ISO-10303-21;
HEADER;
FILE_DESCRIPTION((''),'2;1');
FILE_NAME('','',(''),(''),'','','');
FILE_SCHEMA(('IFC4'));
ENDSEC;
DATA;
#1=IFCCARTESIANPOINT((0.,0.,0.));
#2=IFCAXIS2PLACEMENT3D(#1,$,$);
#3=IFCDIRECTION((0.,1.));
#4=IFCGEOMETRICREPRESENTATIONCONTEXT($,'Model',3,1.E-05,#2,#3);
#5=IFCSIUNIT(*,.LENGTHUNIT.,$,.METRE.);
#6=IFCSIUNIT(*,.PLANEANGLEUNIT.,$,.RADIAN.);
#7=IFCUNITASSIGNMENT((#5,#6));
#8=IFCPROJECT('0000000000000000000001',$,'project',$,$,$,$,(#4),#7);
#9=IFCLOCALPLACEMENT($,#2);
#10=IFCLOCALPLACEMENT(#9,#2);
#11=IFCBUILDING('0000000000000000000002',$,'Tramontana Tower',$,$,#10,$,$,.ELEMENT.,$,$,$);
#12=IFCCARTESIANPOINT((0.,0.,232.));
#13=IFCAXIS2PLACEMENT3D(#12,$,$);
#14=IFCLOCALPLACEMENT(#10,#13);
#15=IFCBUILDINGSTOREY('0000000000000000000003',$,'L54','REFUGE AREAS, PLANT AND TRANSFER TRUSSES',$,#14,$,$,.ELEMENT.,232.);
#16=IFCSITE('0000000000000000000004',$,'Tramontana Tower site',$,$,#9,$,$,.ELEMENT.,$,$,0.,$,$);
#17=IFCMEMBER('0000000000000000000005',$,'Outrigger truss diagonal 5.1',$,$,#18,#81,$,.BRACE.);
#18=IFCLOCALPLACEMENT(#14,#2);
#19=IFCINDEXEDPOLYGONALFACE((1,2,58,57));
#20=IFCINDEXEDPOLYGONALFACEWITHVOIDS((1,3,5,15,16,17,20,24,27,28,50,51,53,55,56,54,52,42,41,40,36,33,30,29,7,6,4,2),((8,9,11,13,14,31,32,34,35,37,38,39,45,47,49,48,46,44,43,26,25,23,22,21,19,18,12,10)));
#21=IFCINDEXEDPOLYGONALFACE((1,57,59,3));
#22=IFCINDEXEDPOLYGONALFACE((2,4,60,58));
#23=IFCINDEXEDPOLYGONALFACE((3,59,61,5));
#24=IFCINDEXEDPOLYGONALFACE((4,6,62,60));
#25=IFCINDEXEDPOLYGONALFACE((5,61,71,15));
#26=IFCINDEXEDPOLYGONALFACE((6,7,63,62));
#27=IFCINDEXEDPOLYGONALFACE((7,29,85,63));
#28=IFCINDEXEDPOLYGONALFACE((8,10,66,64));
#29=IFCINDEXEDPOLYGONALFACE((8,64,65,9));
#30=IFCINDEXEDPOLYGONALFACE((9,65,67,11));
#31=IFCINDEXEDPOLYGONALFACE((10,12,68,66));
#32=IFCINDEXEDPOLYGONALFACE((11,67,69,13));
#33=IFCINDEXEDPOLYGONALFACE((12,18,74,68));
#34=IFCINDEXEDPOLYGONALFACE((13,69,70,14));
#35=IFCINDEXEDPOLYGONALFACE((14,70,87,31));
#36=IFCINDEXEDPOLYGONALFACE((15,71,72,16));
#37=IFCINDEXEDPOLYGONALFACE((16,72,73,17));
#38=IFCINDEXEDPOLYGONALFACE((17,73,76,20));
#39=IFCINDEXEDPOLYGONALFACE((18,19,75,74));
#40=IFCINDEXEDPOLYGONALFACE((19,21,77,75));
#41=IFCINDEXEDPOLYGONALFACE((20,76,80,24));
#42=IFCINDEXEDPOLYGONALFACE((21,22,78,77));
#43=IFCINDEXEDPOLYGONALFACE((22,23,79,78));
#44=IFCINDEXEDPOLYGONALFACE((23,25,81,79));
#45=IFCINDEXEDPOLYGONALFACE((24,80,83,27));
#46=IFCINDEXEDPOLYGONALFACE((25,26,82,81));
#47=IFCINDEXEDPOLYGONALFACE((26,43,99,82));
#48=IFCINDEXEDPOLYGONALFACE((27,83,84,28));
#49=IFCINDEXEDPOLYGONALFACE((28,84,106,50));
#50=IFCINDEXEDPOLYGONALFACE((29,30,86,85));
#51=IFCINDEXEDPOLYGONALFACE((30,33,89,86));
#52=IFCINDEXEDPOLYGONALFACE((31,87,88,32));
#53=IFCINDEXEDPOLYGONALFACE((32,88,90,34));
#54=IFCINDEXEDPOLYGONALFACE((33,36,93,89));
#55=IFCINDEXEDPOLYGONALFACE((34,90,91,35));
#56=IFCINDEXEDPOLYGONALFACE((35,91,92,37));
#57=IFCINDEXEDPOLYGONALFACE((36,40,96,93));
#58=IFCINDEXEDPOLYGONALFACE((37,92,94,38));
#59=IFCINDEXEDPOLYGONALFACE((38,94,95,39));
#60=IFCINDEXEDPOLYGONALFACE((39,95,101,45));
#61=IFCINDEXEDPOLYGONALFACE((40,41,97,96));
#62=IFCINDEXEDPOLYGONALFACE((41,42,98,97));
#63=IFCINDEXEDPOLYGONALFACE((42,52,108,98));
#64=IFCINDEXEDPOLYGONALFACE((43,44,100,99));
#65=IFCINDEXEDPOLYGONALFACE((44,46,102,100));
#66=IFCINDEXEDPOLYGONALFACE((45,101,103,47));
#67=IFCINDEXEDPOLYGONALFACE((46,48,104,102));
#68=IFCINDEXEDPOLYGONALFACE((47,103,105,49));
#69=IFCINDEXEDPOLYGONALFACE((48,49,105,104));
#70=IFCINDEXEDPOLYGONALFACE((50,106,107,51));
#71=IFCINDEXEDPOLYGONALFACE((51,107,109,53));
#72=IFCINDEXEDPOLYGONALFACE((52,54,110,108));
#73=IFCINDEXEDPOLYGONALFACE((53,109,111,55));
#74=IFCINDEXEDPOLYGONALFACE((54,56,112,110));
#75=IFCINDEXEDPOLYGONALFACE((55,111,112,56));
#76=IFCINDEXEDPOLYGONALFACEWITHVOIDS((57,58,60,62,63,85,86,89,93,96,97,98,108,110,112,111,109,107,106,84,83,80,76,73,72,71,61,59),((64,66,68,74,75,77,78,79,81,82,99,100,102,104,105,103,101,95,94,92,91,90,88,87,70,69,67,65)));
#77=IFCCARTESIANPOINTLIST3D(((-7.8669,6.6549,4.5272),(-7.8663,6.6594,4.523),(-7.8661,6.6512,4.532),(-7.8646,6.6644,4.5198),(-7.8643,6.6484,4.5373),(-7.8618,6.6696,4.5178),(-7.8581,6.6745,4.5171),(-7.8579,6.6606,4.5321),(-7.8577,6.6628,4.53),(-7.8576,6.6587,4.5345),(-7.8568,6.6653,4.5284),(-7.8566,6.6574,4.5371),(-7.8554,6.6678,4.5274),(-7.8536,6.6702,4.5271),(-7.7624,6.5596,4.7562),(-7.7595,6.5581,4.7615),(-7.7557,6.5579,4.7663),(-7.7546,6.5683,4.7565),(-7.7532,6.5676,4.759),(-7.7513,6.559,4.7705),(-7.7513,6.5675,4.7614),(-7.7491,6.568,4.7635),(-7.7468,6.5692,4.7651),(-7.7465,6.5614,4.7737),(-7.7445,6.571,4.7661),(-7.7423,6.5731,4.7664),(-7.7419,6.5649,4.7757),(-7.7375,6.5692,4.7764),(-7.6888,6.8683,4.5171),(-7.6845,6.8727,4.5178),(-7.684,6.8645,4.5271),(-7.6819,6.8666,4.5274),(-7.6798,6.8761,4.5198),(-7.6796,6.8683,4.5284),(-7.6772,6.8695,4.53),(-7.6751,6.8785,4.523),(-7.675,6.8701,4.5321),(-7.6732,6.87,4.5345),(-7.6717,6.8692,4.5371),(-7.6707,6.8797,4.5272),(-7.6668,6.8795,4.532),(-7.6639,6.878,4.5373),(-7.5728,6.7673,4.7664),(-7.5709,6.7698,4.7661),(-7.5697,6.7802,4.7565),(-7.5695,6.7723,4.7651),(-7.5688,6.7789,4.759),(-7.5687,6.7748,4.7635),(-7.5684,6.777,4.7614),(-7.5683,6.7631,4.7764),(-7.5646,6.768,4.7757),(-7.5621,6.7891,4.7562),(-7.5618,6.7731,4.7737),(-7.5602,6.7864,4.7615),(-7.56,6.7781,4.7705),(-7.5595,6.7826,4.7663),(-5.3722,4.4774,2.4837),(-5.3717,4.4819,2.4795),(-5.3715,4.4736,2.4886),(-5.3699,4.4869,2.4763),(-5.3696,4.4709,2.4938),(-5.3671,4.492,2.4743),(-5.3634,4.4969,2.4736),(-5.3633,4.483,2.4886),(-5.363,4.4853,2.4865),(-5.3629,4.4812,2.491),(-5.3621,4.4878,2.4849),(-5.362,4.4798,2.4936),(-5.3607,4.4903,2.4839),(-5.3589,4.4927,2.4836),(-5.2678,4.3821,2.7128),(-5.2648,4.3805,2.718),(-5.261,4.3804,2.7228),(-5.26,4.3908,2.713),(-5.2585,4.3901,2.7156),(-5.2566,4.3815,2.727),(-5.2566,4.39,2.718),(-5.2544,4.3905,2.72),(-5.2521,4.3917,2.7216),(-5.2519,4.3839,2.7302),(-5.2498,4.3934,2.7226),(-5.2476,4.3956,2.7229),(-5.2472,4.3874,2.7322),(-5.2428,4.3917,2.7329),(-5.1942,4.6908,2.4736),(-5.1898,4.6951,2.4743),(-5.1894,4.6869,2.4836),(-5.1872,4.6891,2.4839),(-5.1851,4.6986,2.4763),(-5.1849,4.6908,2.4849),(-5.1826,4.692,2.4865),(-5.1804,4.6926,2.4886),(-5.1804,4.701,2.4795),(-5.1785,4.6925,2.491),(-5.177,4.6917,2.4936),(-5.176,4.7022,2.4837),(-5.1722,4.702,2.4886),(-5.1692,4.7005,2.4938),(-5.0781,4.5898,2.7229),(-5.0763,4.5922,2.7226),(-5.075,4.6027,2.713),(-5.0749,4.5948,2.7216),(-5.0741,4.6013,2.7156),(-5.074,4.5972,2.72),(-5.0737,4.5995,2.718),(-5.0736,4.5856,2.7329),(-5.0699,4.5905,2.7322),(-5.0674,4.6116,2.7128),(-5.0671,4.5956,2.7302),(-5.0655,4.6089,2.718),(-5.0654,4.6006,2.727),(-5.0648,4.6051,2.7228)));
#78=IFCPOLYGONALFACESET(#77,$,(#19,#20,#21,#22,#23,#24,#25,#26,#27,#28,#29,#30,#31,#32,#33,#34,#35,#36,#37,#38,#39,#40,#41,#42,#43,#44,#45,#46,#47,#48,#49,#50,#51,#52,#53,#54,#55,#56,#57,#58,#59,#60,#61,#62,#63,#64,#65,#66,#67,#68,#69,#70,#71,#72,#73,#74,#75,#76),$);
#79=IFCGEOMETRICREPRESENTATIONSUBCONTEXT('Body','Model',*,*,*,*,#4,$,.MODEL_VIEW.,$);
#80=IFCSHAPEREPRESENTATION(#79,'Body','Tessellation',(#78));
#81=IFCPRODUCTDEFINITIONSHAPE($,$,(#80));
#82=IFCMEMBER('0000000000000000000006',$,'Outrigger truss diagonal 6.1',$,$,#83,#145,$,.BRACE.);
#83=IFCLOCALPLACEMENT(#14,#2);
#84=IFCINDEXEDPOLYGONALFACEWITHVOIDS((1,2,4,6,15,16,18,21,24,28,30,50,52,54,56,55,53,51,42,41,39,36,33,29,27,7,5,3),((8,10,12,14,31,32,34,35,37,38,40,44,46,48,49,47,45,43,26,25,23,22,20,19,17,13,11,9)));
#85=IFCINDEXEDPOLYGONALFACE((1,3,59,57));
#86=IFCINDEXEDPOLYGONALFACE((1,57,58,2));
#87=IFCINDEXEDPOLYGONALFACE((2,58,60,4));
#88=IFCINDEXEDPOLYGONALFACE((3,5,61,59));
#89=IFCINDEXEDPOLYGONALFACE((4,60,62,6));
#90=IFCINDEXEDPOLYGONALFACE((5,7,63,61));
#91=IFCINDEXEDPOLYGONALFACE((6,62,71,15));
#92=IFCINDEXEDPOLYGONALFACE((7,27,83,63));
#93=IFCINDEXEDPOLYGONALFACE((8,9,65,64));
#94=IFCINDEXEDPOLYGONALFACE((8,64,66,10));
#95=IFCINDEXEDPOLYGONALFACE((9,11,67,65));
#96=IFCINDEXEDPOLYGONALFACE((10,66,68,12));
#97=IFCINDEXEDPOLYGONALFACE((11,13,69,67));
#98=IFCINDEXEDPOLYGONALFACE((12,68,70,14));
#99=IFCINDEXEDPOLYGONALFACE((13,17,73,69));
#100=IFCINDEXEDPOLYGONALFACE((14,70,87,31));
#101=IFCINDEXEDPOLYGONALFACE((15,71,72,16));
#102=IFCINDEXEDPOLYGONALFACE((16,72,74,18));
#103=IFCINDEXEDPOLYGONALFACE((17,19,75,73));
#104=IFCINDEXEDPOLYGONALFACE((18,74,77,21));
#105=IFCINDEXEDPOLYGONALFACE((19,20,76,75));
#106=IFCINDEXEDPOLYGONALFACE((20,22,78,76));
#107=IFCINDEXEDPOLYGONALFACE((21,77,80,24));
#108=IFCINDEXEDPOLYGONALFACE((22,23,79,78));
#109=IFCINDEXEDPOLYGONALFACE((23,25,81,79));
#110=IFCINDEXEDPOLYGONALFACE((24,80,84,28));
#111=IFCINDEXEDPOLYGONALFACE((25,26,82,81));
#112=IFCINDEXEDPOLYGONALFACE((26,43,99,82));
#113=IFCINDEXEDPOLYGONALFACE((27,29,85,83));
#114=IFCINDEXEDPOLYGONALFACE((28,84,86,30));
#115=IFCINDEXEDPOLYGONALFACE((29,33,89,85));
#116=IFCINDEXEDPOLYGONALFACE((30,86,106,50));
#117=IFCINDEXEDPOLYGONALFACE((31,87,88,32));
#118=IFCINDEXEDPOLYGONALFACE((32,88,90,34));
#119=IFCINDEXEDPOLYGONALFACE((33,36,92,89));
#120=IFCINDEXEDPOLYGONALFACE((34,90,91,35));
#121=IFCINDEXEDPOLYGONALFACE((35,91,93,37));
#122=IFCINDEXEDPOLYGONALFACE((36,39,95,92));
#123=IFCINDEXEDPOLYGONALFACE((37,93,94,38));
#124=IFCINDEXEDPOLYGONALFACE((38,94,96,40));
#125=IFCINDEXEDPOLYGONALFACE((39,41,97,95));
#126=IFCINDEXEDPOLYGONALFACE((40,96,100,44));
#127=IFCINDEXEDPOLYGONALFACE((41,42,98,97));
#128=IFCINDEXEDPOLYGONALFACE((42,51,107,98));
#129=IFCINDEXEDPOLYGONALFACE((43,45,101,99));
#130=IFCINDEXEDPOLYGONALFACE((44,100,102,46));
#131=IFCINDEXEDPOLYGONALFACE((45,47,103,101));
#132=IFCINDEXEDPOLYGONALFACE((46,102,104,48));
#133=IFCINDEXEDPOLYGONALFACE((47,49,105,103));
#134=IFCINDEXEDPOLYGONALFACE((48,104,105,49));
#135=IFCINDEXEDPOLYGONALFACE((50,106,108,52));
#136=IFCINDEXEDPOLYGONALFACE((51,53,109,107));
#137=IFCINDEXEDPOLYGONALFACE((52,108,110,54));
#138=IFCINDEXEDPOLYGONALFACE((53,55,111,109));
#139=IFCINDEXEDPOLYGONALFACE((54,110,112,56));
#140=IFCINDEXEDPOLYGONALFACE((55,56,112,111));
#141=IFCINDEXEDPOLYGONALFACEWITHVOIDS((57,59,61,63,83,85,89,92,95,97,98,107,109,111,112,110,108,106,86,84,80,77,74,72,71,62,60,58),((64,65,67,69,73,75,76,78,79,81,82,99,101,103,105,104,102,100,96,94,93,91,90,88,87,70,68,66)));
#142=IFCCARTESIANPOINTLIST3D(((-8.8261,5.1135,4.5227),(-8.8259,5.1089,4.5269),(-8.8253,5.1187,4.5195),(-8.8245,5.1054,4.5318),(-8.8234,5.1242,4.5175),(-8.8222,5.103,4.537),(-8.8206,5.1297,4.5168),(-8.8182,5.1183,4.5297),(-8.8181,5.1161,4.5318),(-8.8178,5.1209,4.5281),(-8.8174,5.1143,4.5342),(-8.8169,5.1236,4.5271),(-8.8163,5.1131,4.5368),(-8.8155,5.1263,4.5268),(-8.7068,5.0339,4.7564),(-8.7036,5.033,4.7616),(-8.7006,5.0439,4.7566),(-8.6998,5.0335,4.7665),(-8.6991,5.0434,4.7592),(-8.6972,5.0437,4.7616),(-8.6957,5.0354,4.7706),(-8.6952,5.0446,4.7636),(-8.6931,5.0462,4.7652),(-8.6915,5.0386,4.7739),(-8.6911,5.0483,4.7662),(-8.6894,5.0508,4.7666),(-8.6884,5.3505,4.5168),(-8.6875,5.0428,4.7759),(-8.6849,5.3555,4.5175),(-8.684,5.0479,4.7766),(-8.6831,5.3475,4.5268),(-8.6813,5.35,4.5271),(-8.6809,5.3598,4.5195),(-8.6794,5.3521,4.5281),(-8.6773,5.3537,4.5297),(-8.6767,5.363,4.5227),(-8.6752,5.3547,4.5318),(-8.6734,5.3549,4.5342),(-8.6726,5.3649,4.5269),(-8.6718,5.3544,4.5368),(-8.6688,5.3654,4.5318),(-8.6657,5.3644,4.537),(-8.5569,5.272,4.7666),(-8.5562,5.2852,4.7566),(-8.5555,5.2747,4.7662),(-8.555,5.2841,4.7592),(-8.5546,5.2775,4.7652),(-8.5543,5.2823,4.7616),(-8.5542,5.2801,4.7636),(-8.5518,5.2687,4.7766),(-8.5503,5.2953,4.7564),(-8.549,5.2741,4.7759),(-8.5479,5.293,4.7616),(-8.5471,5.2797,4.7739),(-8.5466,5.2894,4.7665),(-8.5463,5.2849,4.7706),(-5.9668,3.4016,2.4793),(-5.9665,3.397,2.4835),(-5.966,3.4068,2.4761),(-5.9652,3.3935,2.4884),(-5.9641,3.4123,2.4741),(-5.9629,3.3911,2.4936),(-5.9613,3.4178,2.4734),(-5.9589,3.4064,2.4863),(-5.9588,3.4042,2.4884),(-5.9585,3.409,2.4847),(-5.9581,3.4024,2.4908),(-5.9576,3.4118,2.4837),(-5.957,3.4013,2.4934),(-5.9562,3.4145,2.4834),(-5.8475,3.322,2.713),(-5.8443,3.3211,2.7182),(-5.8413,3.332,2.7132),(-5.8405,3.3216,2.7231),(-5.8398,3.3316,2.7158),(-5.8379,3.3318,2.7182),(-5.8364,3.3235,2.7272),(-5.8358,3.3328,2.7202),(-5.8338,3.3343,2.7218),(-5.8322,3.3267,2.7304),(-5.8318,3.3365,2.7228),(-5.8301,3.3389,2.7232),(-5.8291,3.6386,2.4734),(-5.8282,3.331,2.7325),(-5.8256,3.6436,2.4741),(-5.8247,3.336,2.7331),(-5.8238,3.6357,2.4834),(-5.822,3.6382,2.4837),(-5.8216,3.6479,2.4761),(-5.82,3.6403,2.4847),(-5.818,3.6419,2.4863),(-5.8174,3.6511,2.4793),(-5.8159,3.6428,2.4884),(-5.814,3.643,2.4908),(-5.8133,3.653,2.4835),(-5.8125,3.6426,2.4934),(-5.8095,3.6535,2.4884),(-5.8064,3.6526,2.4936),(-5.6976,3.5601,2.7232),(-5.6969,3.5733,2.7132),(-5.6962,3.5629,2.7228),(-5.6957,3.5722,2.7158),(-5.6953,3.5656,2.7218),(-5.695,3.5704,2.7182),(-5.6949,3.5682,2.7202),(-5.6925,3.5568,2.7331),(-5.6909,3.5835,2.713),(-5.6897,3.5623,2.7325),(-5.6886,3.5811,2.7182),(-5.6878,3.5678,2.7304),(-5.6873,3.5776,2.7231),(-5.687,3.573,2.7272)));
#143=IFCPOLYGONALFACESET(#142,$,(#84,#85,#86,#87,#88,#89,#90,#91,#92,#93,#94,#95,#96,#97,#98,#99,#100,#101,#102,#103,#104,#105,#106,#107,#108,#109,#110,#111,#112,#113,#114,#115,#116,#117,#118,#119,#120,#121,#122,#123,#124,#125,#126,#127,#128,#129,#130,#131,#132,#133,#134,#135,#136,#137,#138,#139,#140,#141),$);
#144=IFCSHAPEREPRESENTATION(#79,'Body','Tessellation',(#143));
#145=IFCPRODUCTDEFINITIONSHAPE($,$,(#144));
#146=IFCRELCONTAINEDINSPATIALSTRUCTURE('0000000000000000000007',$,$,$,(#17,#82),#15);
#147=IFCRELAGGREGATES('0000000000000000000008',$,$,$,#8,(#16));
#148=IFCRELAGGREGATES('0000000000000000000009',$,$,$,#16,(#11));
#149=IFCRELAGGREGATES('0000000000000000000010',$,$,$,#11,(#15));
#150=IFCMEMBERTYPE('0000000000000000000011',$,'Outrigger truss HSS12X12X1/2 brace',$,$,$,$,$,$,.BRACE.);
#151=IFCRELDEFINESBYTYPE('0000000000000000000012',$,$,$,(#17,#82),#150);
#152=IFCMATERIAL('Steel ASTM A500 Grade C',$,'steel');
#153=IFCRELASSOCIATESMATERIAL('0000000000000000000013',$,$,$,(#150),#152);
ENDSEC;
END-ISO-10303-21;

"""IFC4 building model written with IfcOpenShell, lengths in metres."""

from ifc_helpers import new_model, si_unit, direction, frame, origin, origin_2d, place, context, subcontext, project, spatial, hollow_rectangle, extrude, material, material_profile, profile_set, type_object, element, save


model = new_model("IFC4")

# Units and contexts
model_context = context("Model", 3, precision=1e-05, world=origin(), true_north=direction((0.0, 1.0)))
body_context = subcontext(model_context, "Body", "Model", "MODEL_VIEW")
ifc_project = project(units=[si_unit("LENGTHUNIT", "METRE"), si_unit("PLANEANGLEUNIT", "RADIAN")], contexts=[model_context])

# Site, building, storey
site_placement = place(None, origin())
site = spatial("IfcSite", under=ifc_project, at=site_placement, Name="Tramontana Tower site", CompositionType="ELEMENT", RefElevation=0.0)
building_placement = place(site_placement, origin())
building = spatial("IfcBuilding", under=site, at=building_placement, Name="Tramontana Tower", CompositionType="ELEMENT")
storey_placement = place(building_placement, frame((0.0, 0.0, 232.0)))
storey = spatial("IfcBuildingStorey", under=building, at=storey_placement, Name="L54", Description="REFUGE AREAS, PLANT AND TRANSFER TRUSSES", CompositionType="ELEMENT", Elevation=232.0)

# Members
ifc_material_1 = material(Name="Steel ASTM A500 Grade C", Category="steel")
ifc_material_profile_1 = material_profile(ifc_material_1, hollow_rectangle(XDim=0.3047, YDim=0.3047, WallThickness=0.0117, InnerFilletRadius=0.0117, OuterFilletRadius=0.0237, at=origin_2d()), Name="HSS12X12X1/2")
ifc_profile_set_1 = profile_set([ifc_material_profile_1], Name="Steel ASTM A500 Grade C")
member_type_1 = type_object("IfcMemberType", Name="Outrigger truss HSS12X12X1/2 brace", PredefinedType="BRACE", material=ifc_profile_set_1)
member_1_placement = place(storey_placement, frame((-5.2185, 4.5413, 2.6033), z_axis=(-0.641118, 0.559614, 0.525167), x_axis=(-0.657596, -0.753371, 0.0)))
element("IfcMember", 1, at=member_1_placement, inside=storey, type_object=member_type_1, Name="Outrigger truss diagonal 5.1", PredefinedType="BRACE", context=body_context, shape_type="SweptSolid", body=[
    extrude(hollow_rectangle(XDim=0.3047, YDim=0.3047, WallThickness=0.0117, InnerFilletRadius=0.0117, OuterFilletRadius=0.0237, at=origin_2d()), origin(), (0.0, 0.0, 1.0), 3.8911),
])
for number, where, z_axis, x_axis, name in (
    (2, (-5.8269, 3.4873, 2.6033), (-0.731435, 0.437911, 0.522721), (-0.513677, -0.857984, 0.0), "Outrigger truss diagonal 6.1"),
):
    element("IfcMember", number, at=place(storey_placement, frame(where, z_axis=z_axis, x_axis=x_axis)), inside=storey, type_object=member_type_1, Name=name, PredefinedType="BRACE", context=body_context, shape_type="SweptSolid", body=[
        extrude(hollow_rectangle(XDim=0.3047, YDim=0.3047, WallThickness=0.0117, InnerFilletRadius=0.0117, OuterFilletRadius=0.0237, at=origin_2d()), origin(), (0.0, 0.0, 1.0), 3.9092),
    ])

save(model, "model.ifc")
